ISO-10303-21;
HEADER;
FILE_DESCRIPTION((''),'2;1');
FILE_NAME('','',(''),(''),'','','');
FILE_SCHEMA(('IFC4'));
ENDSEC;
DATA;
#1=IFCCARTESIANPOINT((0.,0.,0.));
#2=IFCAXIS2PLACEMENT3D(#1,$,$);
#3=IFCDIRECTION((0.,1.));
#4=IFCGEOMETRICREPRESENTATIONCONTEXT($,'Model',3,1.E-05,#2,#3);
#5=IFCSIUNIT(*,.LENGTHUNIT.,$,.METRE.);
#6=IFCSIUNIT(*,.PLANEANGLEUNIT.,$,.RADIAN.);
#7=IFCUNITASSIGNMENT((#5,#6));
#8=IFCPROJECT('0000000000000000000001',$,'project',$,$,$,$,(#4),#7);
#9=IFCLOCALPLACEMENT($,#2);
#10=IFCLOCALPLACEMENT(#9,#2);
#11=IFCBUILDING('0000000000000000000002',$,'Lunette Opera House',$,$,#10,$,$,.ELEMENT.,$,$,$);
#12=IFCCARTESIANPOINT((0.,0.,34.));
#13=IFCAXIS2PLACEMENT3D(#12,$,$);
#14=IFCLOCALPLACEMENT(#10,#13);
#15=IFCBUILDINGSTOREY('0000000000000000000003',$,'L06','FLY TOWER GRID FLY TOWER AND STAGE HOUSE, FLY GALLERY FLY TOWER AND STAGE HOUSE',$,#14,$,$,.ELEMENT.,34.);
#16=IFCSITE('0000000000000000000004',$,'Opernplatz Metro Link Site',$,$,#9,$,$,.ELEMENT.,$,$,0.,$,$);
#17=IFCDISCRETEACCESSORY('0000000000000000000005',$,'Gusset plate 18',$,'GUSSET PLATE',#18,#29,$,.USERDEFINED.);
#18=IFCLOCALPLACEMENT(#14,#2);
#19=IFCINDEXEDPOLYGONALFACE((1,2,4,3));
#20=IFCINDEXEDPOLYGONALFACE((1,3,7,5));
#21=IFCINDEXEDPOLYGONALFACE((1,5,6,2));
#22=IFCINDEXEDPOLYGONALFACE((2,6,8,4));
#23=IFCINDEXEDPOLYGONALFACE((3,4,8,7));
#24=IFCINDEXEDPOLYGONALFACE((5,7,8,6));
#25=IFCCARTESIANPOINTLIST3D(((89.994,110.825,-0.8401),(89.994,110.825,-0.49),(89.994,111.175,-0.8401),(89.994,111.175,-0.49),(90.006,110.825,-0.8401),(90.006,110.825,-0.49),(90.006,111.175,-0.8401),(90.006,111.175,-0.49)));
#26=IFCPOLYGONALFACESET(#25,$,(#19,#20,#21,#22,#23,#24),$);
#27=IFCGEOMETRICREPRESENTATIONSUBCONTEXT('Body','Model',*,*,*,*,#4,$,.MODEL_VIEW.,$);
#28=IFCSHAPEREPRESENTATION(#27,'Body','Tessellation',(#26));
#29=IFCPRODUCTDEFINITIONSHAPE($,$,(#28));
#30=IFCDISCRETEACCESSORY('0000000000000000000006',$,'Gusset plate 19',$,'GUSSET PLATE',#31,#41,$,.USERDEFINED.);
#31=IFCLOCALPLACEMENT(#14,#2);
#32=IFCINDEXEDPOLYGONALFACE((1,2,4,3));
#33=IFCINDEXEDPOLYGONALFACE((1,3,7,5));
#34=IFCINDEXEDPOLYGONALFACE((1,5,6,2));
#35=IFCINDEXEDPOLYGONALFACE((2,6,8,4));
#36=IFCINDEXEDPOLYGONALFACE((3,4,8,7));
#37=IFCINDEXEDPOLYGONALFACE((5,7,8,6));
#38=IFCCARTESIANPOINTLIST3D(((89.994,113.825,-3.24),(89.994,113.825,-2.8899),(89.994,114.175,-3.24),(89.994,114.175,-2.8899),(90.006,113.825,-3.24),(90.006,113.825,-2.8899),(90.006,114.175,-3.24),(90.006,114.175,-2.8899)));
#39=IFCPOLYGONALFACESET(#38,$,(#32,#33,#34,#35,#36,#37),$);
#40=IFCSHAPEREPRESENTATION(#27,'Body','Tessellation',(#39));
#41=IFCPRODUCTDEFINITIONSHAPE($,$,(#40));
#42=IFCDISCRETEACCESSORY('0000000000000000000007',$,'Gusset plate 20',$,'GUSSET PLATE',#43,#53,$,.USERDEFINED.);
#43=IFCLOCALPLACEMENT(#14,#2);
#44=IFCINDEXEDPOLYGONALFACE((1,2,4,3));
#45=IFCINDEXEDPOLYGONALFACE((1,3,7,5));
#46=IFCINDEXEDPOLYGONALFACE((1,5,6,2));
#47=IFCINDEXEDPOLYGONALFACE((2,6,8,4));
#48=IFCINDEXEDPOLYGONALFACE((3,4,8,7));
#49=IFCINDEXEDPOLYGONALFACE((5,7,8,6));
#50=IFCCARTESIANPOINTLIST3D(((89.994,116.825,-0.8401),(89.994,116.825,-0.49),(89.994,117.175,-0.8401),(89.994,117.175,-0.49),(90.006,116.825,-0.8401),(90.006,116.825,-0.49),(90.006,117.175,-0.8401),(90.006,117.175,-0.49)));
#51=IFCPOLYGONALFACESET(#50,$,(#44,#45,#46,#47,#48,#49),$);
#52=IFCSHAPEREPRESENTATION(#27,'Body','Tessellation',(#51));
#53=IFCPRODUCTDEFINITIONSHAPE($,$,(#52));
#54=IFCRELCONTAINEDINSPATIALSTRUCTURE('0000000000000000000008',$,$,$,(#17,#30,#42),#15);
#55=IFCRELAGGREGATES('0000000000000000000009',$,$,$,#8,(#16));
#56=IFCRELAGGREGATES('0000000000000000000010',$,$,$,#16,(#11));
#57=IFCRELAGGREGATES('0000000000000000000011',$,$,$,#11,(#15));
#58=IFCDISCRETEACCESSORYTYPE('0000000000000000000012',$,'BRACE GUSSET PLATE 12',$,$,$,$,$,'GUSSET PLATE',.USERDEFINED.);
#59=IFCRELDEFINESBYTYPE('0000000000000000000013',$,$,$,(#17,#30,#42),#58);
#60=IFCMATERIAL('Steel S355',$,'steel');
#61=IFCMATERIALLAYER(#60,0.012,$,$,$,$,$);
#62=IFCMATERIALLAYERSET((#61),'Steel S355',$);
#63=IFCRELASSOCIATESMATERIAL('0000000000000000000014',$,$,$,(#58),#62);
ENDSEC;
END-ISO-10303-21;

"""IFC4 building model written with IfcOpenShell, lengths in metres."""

from ifc_helpers import new_model, si_unit, direction, frame, origin, origin_2d, place, context, subcontext, project, spatial, rectangle, extrude, material, layer, layer_set, type_object, element, save


model = new_model("IFC4")

# Units and contexts
model_context = context("Model", 3, precision=1e-05, world=origin(), true_north=direction((0.0, 1.0)))
body_context = subcontext(model_context, "Body", "Model", "MODEL_VIEW")
ifc_project = project(units=[si_unit("LENGTHUNIT", "METRE"), si_unit("PLANEANGLEUNIT", "RADIAN")], contexts=[model_context])

# Site, building, storey
site_placement = place(None, origin())
site = spatial("IfcSite", under=ifc_project, at=site_placement, Name="Opernplatz Metro Link Site", CompositionType="ELEMENT", RefElevation=0.0)
building_placement = place(site_placement, origin())
building = spatial("IfcBuilding", under=site, at=building_placement, Name="Lunette Opera House", CompositionType="ELEMENT")
storey_placement = place(building_placement, frame((0.0, 0.0, 34.0)))
storey = spatial("IfcBuildingStorey", under=building, at=storey_placement, Name="L06", Description="FLY TOWER GRID FLY TOWER AND STAGE HOUSE, FLY GALLERY FLY TOWER AND STAGE HOUSE", CompositionType="ELEMENT", Elevation=34.0)

# Discrete accessories
ifc_material_1 = material(Name="Steel S355", Category="steel")
ifc_layer = layer(ifc_material_1, 0.012)
ifc_layer_set = layer_set([ifc_layer], Name="Steel S355")
discrete_accessory_type = type_object("IfcDiscreteAccessoryType", Name="BRACE GUSSET PLATE 12", ElementType="GUSSET PLATE", PredefinedType="USERDEFINED", material=ifc_layer_set)
for number, where, z_axis, x_axis, name in (
    (1, (90.0, 111.0, -0.8401), (0.0, 0.0, 1.0), (0.0, 1.0, 0.0), "Gusset plate 18"),
    (2, (90.0, 114.0, -3.24), (0.0, 0.0, 1.0), (0.0, 1.0, 0.0), "Gusset plate 19"),
    (3, (90.0, 117.0, -0.8401), (0.0, 0.0, 1.0), (0.0, 1.0, 0.0), "Gusset plate 20"),
):
    element("IfcDiscreteAccessory", number, at=place(storey_placement, frame(where, z_axis=z_axis, x_axis=x_axis)), inside=storey, type_object=discrete_accessory_type, Name=name, ObjectType="GUSSET PLATE", PredefinedType="USERDEFINED", context=body_context, shape_type="SweptSolid", body=[
        extrude(rectangle(XDim=0.3501, YDim=0.012, at=origin_2d()), origin(), (0.0, 0.0, 1.0), 0.3501),
    ])

save(model, "model.ifc")
